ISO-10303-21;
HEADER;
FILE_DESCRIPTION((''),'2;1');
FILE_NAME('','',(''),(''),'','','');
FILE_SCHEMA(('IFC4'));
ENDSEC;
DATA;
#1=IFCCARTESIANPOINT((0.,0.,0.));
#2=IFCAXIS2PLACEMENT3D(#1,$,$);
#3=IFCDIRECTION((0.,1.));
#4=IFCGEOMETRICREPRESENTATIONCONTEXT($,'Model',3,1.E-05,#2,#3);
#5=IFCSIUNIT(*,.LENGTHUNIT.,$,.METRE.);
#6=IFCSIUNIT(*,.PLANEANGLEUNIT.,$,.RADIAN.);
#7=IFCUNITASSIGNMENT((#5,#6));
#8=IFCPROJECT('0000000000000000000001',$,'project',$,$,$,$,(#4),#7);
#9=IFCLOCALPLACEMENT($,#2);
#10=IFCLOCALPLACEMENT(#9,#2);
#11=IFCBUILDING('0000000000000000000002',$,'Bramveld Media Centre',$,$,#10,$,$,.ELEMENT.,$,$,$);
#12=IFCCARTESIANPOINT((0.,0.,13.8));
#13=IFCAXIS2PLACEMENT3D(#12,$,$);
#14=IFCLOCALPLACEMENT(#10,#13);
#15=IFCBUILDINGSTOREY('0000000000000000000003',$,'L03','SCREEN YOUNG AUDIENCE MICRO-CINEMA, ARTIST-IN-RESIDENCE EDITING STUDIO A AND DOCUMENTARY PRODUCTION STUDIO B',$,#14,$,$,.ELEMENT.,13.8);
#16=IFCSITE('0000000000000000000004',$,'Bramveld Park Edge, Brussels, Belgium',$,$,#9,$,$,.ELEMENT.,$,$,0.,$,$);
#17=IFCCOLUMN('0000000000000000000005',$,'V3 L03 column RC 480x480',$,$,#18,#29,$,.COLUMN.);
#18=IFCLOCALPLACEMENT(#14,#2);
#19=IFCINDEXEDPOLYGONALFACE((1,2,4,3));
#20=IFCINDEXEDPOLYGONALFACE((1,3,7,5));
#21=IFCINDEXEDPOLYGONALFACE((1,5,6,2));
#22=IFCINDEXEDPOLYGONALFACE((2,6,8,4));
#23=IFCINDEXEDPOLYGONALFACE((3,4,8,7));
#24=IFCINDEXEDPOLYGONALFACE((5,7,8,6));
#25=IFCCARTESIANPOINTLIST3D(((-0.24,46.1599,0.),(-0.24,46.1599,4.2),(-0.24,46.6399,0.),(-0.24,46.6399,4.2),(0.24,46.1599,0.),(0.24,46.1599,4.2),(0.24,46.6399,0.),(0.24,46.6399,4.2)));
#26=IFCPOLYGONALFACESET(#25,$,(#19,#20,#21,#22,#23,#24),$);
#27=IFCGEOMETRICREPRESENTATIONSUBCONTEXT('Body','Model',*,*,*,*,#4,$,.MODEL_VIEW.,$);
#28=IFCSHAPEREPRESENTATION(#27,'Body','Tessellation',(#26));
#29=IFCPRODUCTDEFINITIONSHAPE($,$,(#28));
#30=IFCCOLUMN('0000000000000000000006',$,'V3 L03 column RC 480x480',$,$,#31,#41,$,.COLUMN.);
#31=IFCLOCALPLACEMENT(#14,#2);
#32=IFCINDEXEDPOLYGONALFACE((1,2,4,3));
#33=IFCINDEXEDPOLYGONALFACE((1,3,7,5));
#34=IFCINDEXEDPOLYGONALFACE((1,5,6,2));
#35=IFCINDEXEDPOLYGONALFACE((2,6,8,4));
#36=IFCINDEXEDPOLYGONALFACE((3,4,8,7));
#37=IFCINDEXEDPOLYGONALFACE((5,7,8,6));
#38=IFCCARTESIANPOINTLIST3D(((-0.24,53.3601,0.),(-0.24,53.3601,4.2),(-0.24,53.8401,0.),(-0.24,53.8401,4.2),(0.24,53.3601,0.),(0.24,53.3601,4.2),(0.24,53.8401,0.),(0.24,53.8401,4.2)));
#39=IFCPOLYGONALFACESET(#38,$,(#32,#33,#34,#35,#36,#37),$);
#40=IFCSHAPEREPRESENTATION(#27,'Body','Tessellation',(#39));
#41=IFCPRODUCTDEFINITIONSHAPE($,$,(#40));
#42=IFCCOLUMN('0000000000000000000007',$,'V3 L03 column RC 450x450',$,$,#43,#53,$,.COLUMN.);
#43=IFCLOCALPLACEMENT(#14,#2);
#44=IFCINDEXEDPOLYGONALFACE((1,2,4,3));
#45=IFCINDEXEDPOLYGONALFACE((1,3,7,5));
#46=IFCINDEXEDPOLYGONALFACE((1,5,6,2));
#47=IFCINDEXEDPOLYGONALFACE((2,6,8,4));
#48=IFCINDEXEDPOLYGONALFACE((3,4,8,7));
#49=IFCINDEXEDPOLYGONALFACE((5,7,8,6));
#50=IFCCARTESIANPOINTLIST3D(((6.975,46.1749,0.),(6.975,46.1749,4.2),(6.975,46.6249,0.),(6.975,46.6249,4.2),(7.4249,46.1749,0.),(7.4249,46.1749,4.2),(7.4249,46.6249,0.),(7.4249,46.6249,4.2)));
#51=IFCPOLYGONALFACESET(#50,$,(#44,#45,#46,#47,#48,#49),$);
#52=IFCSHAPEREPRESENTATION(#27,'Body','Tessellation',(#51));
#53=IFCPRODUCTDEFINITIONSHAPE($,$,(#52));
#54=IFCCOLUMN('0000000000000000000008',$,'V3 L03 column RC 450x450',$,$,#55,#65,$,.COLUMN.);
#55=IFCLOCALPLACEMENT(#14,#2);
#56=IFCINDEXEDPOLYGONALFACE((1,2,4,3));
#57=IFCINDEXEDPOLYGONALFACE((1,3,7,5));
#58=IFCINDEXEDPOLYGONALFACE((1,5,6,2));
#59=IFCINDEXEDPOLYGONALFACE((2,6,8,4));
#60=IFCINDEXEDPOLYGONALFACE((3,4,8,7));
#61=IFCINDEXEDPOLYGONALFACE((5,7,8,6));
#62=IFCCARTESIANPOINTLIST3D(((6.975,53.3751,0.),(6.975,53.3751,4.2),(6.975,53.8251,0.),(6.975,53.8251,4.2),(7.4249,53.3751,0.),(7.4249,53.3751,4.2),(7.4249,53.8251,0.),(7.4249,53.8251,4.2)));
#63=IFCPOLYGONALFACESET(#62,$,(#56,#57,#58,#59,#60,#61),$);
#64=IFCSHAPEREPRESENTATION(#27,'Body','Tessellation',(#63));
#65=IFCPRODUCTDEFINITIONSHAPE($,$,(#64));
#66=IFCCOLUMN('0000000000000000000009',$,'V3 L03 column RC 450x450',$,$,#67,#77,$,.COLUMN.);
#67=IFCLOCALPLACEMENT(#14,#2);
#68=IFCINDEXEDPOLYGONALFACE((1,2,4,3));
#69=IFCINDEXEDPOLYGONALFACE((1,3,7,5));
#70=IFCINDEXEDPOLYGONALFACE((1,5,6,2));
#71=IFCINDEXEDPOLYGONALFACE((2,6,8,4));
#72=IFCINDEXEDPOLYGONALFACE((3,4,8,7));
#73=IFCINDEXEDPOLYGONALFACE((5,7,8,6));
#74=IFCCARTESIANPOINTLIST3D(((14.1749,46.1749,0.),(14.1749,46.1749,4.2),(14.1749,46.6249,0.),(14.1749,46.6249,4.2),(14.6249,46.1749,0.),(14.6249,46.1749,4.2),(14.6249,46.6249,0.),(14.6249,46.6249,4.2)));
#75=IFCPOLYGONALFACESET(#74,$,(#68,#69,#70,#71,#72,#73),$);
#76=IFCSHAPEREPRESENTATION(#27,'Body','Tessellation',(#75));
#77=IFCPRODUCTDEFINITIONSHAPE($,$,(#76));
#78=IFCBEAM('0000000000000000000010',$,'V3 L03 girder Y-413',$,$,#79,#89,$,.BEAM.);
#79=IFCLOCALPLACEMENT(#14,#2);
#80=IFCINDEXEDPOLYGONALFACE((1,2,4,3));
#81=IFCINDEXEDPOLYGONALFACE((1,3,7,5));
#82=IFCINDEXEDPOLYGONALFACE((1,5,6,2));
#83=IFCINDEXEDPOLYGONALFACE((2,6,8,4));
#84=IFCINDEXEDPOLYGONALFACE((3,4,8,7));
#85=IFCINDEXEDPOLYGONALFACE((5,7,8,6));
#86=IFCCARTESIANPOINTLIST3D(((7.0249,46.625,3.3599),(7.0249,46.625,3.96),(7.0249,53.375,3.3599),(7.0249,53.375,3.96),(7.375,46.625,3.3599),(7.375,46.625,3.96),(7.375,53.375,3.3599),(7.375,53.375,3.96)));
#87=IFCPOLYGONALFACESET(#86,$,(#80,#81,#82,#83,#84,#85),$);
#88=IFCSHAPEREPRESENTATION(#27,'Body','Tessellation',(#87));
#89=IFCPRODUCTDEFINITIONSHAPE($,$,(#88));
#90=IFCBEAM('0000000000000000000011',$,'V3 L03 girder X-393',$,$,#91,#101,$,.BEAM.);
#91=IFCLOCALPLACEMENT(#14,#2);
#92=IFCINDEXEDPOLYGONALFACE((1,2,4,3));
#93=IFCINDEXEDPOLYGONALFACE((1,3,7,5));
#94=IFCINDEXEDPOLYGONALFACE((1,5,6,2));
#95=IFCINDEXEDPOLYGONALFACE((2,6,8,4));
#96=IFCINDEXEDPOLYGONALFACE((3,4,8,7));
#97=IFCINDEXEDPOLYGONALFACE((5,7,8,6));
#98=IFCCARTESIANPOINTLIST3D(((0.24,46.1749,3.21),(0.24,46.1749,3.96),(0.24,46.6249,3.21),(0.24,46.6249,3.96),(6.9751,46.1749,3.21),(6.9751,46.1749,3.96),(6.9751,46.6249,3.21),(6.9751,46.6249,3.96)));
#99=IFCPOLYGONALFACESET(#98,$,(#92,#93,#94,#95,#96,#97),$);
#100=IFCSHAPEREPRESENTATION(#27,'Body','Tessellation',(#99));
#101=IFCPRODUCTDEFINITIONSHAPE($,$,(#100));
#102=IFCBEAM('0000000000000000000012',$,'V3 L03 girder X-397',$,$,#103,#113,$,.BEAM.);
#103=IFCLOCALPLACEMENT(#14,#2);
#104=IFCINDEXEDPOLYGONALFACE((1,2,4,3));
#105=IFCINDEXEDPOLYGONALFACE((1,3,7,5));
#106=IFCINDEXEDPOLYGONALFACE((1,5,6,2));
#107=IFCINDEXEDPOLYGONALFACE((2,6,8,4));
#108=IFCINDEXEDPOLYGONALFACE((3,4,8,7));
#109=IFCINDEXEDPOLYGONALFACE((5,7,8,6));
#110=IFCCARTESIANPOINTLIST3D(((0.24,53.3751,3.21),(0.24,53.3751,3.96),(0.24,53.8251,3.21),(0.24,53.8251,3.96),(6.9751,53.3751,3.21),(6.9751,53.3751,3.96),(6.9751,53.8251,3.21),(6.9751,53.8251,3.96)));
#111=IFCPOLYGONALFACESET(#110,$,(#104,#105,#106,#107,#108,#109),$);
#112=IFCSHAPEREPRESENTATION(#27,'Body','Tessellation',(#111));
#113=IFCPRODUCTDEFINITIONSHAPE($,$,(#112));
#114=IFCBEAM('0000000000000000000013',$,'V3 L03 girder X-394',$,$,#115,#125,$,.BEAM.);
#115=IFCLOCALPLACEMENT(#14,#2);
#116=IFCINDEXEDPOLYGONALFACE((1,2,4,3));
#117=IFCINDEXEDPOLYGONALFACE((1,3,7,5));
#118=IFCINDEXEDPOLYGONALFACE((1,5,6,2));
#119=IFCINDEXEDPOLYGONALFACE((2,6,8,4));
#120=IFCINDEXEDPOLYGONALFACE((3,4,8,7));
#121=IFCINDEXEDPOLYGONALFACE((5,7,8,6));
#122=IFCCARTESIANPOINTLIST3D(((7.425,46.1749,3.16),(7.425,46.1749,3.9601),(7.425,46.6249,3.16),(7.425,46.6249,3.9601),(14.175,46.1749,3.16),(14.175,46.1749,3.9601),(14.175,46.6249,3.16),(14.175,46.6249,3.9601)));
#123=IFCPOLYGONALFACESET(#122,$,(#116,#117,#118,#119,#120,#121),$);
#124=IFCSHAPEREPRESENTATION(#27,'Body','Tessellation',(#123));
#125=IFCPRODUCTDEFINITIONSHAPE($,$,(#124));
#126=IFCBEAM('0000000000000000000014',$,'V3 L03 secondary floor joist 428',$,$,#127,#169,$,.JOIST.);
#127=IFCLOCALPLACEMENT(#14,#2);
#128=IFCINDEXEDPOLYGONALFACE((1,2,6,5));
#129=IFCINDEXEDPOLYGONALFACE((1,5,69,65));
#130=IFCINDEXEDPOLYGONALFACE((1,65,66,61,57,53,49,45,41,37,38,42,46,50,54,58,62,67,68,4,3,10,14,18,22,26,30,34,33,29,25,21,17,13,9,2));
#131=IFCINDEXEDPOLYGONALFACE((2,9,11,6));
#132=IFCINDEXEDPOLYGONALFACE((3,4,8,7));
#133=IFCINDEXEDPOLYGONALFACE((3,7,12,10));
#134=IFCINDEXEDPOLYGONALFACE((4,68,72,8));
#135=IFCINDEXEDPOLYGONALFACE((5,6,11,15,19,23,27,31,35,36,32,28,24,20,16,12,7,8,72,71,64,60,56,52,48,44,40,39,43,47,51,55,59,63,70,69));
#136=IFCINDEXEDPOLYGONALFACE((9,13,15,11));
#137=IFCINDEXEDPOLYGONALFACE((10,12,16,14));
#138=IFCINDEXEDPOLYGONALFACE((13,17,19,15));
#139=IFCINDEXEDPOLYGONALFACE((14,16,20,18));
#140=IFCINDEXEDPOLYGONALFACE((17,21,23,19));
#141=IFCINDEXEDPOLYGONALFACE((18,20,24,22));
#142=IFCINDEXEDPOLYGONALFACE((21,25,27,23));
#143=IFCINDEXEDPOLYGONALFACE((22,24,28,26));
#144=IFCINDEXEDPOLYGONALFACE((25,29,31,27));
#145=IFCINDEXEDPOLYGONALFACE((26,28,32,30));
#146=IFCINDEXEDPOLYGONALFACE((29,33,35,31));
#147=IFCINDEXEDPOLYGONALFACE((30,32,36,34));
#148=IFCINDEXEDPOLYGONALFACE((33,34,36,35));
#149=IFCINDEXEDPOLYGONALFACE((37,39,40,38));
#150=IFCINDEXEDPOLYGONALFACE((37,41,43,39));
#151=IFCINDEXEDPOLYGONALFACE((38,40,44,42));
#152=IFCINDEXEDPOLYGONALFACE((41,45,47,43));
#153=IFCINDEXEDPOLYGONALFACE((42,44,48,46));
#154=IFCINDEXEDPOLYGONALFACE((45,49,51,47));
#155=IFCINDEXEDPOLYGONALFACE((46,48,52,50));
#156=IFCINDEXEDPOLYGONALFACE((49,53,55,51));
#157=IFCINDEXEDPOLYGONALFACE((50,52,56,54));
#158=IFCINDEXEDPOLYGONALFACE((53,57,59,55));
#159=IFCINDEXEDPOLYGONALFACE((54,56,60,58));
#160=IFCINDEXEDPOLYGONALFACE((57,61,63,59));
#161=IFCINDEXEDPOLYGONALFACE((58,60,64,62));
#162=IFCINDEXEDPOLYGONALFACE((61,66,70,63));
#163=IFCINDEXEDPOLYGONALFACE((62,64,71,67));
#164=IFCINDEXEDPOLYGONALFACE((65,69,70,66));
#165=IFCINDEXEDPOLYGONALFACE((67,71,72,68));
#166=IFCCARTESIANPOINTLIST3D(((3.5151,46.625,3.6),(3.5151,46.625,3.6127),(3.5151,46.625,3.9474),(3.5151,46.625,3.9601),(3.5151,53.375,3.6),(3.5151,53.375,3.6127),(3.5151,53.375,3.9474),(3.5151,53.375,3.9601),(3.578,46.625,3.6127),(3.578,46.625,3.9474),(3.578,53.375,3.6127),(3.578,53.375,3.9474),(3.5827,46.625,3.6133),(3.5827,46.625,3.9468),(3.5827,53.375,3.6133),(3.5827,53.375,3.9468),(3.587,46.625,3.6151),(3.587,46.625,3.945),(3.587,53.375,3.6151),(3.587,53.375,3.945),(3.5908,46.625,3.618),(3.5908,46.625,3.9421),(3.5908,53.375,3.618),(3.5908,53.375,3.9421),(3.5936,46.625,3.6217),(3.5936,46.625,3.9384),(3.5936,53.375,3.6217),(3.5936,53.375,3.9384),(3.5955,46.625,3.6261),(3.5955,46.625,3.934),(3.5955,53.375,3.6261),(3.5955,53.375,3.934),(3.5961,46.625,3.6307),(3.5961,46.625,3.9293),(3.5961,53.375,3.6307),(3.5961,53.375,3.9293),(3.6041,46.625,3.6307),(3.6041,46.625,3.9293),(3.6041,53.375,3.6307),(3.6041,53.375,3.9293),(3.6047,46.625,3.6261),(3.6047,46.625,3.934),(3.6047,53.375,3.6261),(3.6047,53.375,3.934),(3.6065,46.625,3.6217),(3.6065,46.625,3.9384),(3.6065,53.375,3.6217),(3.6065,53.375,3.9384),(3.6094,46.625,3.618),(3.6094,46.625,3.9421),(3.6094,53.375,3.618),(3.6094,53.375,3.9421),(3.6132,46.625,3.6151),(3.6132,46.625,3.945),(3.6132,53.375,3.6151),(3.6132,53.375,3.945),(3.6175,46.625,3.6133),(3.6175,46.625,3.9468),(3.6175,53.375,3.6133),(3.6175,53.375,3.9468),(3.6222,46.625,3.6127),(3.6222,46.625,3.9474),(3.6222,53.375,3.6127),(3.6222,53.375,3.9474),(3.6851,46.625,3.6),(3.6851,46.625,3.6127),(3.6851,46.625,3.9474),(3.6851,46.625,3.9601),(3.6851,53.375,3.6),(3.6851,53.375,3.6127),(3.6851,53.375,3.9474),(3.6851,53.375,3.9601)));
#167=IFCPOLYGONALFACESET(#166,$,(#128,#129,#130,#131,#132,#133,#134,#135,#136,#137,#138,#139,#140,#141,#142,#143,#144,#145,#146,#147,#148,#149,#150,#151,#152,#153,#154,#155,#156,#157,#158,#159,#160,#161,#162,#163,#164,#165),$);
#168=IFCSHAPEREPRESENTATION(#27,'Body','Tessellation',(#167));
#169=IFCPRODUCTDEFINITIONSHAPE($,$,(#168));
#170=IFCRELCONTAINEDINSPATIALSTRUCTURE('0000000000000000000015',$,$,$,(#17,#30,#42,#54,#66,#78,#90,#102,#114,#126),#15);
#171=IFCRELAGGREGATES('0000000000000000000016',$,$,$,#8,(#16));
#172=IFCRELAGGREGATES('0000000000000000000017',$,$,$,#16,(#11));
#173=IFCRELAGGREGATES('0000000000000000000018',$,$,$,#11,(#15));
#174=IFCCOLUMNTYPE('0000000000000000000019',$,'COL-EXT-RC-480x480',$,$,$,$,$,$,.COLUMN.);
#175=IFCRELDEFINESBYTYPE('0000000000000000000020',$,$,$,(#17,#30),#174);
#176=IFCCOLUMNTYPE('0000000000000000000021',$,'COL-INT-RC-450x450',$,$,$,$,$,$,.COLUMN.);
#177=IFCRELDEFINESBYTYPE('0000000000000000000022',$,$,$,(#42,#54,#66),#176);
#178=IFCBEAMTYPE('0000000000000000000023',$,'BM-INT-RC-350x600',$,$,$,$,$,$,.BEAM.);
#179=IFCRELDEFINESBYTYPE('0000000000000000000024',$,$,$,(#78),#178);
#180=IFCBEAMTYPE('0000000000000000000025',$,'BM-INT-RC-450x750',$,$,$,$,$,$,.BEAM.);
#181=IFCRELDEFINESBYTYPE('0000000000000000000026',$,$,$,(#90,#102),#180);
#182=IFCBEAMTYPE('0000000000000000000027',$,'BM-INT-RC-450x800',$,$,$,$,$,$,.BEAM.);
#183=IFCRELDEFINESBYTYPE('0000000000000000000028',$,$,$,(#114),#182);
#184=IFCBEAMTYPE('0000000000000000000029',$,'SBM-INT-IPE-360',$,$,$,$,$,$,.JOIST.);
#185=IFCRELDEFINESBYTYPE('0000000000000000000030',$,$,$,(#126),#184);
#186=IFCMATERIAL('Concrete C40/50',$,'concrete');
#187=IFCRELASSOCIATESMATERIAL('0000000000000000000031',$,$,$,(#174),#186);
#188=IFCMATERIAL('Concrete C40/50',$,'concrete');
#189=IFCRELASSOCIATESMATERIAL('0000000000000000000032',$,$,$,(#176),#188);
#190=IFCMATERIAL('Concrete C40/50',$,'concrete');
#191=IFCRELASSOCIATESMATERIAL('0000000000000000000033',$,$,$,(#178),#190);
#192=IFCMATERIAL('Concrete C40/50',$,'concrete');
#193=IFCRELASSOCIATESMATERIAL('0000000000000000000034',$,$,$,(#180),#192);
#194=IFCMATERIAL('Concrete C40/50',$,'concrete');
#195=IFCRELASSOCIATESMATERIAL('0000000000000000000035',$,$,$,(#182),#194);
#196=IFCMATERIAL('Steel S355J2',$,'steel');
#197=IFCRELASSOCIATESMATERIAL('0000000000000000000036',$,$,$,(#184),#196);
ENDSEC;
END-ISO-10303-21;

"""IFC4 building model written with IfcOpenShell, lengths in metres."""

from ifc_helpers import new_model, si_unit, direction, frame, origin, origin_2d, place, context, subcontext, project, spatial, rectangle, i_section, extrude, material, material_profile, profile_set, type_object, element, save


model = new_model("IFC4")

# Units and contexts
model_context = context("Model", 3, precision=1e-05, world=origin(), true_north=direction((0.0, 1.0)))
body_context = subcontext(model_context, "Body", "Model", "MODEL_VIEW")
ifc_project = project(units=[si_unit("LENGTHUNIT", "METRE"), si_unit("PLANEANGLEUNIT", "RADIAN")], contexts=[model_context])

# Site, building, storey
site_placement = place(None, origin())
site = spatial("IfcSite", under=ifc_project, at=site_placement, Name="Bramveld Park Edge, Brussels, Belgium", CompositionType="ELEMENT", RefElevation=0.0)
building_placement = place(site_placement, origin())
building = spatial("IfcBuilding", under=site, at=building_placement, Name="Bramveld Media Centre", CompositionType="ELEMENT")
storey_placement = place(building_placement, frame((0.0, 0.0, 13.8)))
storey = spatial("IfcBuildingStorey", under=building, at=storey_placement, Name="L03", Description="SCREEN YOUNG AUDIENCE MICRO-CINEMA, ARTIST-IN-RESIDENCE EDITING STUDIO A AND DOCUMENTARY PRODUCTION STUDIO B", CompositionType="ELEMENT", Elevation=13.8)

# Columns
ifc_material_1 = material(Name="Concrete C40/50", Category="concrete")
ifc_material_profile_1 = material_profile(ifc_material_1, rectangle(XDim=0.48, YDim=0.48, at=origin_2d()), Name="RC 480x480")
ifc_profile_set_1 = profile_set([ifc_material_profile_1], Name="Concrete C40/50")
column_type_1 = type_object("IfcColumnType", Name="COL-EXT-RC-480x480", PredefinedType="COLUMN", material=ifc_profile_set_1)
for number, where, z_axis, x_axis, name in (
    (1, (0.0, 46.3999, 0.0), (0.0, 0.0, 1.0), (1.0, 0.0, 0.0), "V3 L03 column RC 480x480"),
    (2, (0.0, 53.6001, 0.0), (0.0, 0.0, 1.0), (1.0, 0.0, 0.0), "V3 L03 column RC 480x480"),
):
    element("IfcColumn", number, at=place(storey_placement, frame(where, z_axis=z_axis, x_axis=x_axis)), inside=storey, type_object=column_type_1, Name=name, PredefinedType="COLUMN", context=body_context, shape_type="SweptSolid", body=[
        extrude(rectangle(XDim=0.48, YDim=0.48, at=origin_2d()), origin(), (0.0, 0.0, 1.0), 4.2),
    ])
ifc_material_2 = material(Name="Concrete C40/50", Category="concrete")
ifc_material_profile_2 = material_profile(ifc_material_2, rectangle(XDim=0.45, YDim=0.45, at=origin_2d()), Name="RC 450x450")
ifc_profile_set_2 = profile_set([ifc_material_profile_2], Name="Concrete C40/50")
column_type_2 = type_object("IfcColumnType", Name="COL-INT-RC-450x450", PredefinedType="COLUMN", material=ifc_profile_set_2)
for number, where, z_axis, x_axis, name in (
    (3, (7.2, 46.3999, 0.0), (0.0, 0.0, 1.0), (1.0, 0.0, 0.0), "V3 L03 column RC 450x450"),
    (4, (7.2, 53.6001, 0.0), (0.0, 0.0, 1.0), (1.0, 0.0, 0.0), "V3 L03 column RC 450x450"),
    (5, (14.3999, 46.3999, 0.0), (0.0, 0.0, 1.0), (1.0, 0.0, 0.0), "V3 L03 column RC 450x450"),
):
    element("IfcColumn", number, at=place(storey_placement, frame(where, z_axis=z_axis, x_axis=x_axis)), inside=storey, type_object=column_type_2, Name=name, PredefinedType="COLUMN", context=body_context, shape_type="SweptSolid", body=[
        extrude(rectangle(XDim=0.45, YDim=0.45, at=origin_2d()), origin(), (0.0, 0.0, 1.0), 4.2),
    ])

# Beams
ifc_material_3 = material(Name="Concrete C40/50", Category="concrete")
ifc_material_profile_3 = material_profile(ifc_material_3, rectangle(XDim=0.3501, YDim=0.6001, at=origin_2d()), Name="RC 350x600")
ifc_profile_set_3 = profile_set([ifc_material_profile_3], Name="Concrete C40/50")
beam_type_1 = type_object("IfcBeamType", Name="BM-INT-RC-350x600", PredefinedType="BEAM", material=ifc_profile_set_3)
beam_1_placement = place(storey_placement, frame((7.2, 46.625, 3.6599), z_axis=(0.0, 1.0, 0.0), x_axis=(-1.0, 0.0, 0.0)))
element("IfcBeam", 6, at=beam_1_placement, inside=storey, type_object=beam_type_1, Name="V3 L03 girder Y-413", PredefinedType="BEAM", context=body_context, shape_type="SweptSolid", body=[
    extrude(rectangle(XDim=0.3501, YDim=0.6001, at=origin_2d()), origin(), (0.0, 0.0, 1.0), 6.75),
])
ifc_material_4 = material(Name="Concrete C40/50", Category="concrete")
ifc_material_profile_4 = material_profile(ifc_material_4, rectangle(XDim=0.45, YDim=0.75, at=origin_2d()), Name="RC 450x750")
ifc_profile_set_4 = profile_set([ifc_material_profile_4], Name="Concrete C40/50")
beam_type_2 = type_object("IfcBeamType", Name="BM-INT-RC-450x750", PredefinedType="BEAM", material=ifc_profile_set_4)
for number, where, z_axis, x_axis, name in (
    (7, (0.24, 46.3999, 3.585), (1.0, 0.0, 0.0), (0.0, 1.0, 0.0), "V3 L03 girder X-393"),
    (8, (0.24, 53.6001, 3.585), (1.0, 0.0, 0.0), (0.0, 1.0, 0.0), "V3 L03 girder X-397"),
):
    element("IfcBeam", number, at=place(storey_placement, frame(where, z_axis=z_axis, x_axis=x_axis)), inside=storey, type_object=beam_type_2, Name=name, PredefinedType="BEAM", context=body_context, shape_type="SweptSolid", body=[
        extrude(rectangle(XDim=0.45, YDim=0.75, at=origin_2d()), origin(), (0.0, 0.0, 1.0), 6.7351),
    ])
ifc_material_5 = material(Name="Concrete C40/50", Category="concrete")
ifc_material_profile_5 = material_profile(ifc_material_5, rectangle(XDim=0.45, YDim=0.8, at=origin_2d()), Name="RC 450x800")
ifc_profile_set_5 = profile_set([ifc_material_profile_5], Name="Concrete C40/50")
beam_type_3 = type_object("IfcBeamType", Name="BM-INT-RC-450x800", PredefinedType="BEAM", material=ifc_profile_set_5)
beam_2_placement = place(storey_placement, frame((7.425, 46.3999, 3.5601), z_axis=(1.0, 0.0, 0.0), x_axis=(0.0, 1.0, 0.0)))
element("IfcBeam", 9, at=beam_2_placement, inside=storey, type_object=beam_type_3, Name="V3 L03 girder X-394", PredefinedType="BEAM", context=body_context, shape_type="SweptSolid", body=[
    extrude(rectangle(XDim=0.45, YDim=0.8, at=origin_2d()), origin(), (0.0, 0.0, 1.0), 6.75),
])
ifc_material_6 = material(Name="Steel S355J2", Category="steel")
ifc_material_profile_6 = material_profile(ifc_material_6, i_section(OverallWidth=0.1699, OverallDepth=0.3601, WebThickness=0.0081, FlangeThickness=0.0127, FilletRadius=0.0181, at=origin_2d()), Name="IPE 360")
ifc_profile_set_6 = profile_set([ifc_material_profile_6], Name="Steel S355J2")
beam_type_4 = type_object("IfcBeamType", Name="SBM-INT-IPE-360", PredefinedType="JOIST", material=ifc_profile_set_6)
beam_3_placement = place(storey_placement, frame((3.6001, 46.625, 3.78), z_axis=(0.0, 1.0, 0.0), x_axis=(-1.0, 0.0, 0.0)))
element("IfcBeam", 10, at=beam_3_placement, inside=storey, type_object=beam_type_4, Name="V3 L03 secondary floor joist 428", PredefinedType="JOIST", context=body_context, shape_type="SweptSolid", body=[
    extrude(i_section(OverallWidth=0.1699, OverallDepth=0.3601, WebThickness=0.0081, FlangeThickness=0.0127, FilletRadius=0.0181, at=origin_2d()), origin(), (0.0, 0.0, 1.0), 6.75),
])

save(model, "model.ifc")
